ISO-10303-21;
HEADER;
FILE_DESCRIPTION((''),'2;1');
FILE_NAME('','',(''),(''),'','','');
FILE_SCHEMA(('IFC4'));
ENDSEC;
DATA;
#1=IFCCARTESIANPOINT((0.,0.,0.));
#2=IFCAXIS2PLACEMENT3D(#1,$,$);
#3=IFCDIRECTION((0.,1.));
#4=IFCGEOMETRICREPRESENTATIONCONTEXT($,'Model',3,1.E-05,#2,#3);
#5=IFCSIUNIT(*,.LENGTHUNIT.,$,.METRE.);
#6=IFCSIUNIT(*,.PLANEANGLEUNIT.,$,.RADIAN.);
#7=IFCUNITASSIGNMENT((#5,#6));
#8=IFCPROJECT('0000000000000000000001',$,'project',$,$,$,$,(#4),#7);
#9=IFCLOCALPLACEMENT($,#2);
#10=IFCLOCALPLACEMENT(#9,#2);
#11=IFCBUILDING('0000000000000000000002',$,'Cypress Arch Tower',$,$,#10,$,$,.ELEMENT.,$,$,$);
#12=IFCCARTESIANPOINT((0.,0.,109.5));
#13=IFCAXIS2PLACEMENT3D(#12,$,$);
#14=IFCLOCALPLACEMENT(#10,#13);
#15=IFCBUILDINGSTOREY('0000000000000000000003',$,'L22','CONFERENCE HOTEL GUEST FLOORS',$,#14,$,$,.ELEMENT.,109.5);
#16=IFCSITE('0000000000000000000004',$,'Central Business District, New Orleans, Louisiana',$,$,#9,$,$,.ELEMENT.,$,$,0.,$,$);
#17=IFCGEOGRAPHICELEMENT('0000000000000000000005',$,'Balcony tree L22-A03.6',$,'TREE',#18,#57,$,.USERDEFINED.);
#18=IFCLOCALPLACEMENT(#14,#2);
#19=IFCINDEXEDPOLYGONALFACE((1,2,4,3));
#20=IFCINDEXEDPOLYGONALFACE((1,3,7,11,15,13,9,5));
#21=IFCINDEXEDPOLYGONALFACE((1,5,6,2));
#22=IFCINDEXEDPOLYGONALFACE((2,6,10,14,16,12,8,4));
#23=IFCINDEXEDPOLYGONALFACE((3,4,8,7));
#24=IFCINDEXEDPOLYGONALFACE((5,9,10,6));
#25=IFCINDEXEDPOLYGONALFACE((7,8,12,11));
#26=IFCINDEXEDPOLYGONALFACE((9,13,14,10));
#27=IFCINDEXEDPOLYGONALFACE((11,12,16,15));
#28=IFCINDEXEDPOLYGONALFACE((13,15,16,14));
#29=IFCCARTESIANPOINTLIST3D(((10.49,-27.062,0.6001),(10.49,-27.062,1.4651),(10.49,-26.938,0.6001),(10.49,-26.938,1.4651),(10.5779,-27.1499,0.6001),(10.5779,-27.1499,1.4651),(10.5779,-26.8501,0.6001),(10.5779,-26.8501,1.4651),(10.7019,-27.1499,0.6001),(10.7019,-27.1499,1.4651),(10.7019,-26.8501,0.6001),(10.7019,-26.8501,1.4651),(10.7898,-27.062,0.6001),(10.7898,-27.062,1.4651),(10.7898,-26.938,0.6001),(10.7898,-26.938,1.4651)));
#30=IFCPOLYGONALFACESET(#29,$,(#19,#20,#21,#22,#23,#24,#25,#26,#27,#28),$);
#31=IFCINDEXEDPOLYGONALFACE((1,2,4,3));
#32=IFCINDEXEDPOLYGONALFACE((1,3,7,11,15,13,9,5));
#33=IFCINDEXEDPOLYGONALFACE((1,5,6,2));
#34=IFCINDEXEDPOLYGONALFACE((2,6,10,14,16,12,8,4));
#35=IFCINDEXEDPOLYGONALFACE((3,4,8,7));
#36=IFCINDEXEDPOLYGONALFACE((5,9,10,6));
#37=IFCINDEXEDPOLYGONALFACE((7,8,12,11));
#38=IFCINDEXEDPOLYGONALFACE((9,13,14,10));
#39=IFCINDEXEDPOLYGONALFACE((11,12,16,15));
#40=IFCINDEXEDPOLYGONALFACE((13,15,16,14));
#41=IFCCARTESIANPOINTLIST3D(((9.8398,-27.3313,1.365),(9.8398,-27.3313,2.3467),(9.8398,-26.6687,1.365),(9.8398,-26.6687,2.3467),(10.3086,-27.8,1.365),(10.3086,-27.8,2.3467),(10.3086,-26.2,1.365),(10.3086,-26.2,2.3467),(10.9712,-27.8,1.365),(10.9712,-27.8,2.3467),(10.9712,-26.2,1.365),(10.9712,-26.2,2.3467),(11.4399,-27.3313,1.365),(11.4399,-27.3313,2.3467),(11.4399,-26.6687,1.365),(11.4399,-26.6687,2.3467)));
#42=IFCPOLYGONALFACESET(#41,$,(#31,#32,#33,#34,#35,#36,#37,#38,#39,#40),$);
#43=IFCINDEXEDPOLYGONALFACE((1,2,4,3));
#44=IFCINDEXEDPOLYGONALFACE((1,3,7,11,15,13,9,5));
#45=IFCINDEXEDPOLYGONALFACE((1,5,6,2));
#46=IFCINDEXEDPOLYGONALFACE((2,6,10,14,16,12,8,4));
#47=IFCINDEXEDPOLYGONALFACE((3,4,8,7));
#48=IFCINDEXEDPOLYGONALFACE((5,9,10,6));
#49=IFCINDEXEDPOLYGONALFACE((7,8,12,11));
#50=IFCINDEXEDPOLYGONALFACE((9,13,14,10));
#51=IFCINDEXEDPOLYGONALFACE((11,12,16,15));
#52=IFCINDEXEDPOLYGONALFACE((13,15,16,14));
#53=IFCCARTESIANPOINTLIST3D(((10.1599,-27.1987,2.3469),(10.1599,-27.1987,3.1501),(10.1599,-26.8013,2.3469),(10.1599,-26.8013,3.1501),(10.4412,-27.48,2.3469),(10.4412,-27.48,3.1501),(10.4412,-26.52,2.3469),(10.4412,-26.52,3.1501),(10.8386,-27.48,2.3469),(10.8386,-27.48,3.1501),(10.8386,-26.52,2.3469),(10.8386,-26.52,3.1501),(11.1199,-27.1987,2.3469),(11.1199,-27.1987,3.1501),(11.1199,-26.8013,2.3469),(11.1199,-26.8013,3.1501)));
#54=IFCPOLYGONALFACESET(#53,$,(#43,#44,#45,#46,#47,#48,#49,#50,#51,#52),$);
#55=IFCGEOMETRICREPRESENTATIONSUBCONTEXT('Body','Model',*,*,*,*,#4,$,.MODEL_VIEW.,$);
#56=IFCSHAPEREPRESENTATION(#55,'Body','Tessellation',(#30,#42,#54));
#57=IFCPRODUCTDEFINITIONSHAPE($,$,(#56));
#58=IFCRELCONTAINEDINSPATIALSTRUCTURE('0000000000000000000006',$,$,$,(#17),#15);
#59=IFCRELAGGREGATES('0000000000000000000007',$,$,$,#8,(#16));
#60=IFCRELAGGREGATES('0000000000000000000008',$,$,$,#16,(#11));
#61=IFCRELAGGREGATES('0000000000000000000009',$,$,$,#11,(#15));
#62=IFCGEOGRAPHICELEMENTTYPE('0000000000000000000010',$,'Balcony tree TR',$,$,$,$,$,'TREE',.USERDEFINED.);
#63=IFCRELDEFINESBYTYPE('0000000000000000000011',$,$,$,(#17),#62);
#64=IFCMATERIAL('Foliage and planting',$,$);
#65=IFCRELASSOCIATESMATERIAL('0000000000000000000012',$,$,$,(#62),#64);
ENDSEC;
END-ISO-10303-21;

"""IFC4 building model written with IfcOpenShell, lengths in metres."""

from ifc_helpers import new_model, si_unit, direction, frame, origin, place, context, subcontext, project, spatial, polyline, outline, extrude, material, type_object, element, save


model = new_model("IFC4")

# Units and contexts
model_context = context("Model", 3, precision=1e-05, world=origin(), true_north=direction((0.0, 1.0)))
body_context = subcontext(model_context, "Body", "Model", "MODEL_VIEW")
ifc_project = project(units=[si_unit("LENGTHUNIT", "METRE"), si_unit("PLANEANGLEUNIT", "RADIAN")], contexts=[model_context])

# Site, building, storey
site_placement = place(None, origin())
site = spatial("IfcSite", under=ifc_project, at=site_placement, Name="Central Business District, New Orleans, Louisiana", CompositionType="ELEMENT", RefElevation=0.0)
building_placement = place(site_placement, origin())
building = spatial("IfcBuilding", under=site, at=building_placement, Name="Cypress Arch Tower", CompositionType="ELEMENT")
storey_placement = place(building_placement, frame((0.0, 0.0, 109.5)))
storey = spatial("IfcBuildingStorey", under=building, at=storey_placement, Name="L22", Description="CONFERENCE HOTEL GUEST FLOORS", CompositionType="ELEMENT", Elevation=109.5)

# Geographic element
ifc_material_1 = material(Name="Foliage and planting")
geographic_element_type = type_object("IfcGeographicElementType", Name="Balcony tree TR", ElementType="TREE", PredefinedType="USERDEFINED", material=ifc_material_1)
geographic_element_placement = place(storey_placement, frame((10.6399, -27.0, 0.6001), z_axis=(0.0, 0.0, 1.0), x_axis=(1.0, 0.0, 0.0)))
element("IfcGeographicElement", 1, at=geographic_element_placement, inside=storey, type_object=geographic_element_type, Name="Balcony tree L22-A03.6", ObjectType="TREE", PredefinedType="USERDEFINED", context=body_context, shape_type="SweptSolid", body=[
    extrude(outline(polyline([(0.1499, 0.062), (0.062, 0.1499), (-0.062, 0.1499), (-0.1499, 0.062), (-0.1499, -0.062), (-0.062, -0.1499), (0.062, -0.1499), (0.1499, -0.062), (0.1499, 0.062)])), origin(), (0.0, 0.0, 1.0), 0.865),
    extrude(outline(polyline([(0.8, 0.3313), (0.3313, 0.8), (-0.3313, 0.8), (-0.8, 0.3313), (-0.8, -0.3313), (-0.3313, -0.8), (0.3313, -0.8), (0.8, -0.3313), (0.8, 0.3313)])), frame((0.0, 0.0, 0.7649)), (0.0, 0.0, 1.0), 0.9817),
    extrude(outline(polyline([(0.48, 0.1987), (0.1987, 0.48), (-0.1987, 0.48), (-0.48, 0.1987), (-0.48, -0.1987), (-0.1987, -0.48), (0.1987, -0.48), (0.48, -0.1987), (0.48, 0.1987)])), frame((0.0, 0.0, 1.7468)), (0.0, 0.0, 1.0), 0.8032),
])

save(model, "model.ifc")
